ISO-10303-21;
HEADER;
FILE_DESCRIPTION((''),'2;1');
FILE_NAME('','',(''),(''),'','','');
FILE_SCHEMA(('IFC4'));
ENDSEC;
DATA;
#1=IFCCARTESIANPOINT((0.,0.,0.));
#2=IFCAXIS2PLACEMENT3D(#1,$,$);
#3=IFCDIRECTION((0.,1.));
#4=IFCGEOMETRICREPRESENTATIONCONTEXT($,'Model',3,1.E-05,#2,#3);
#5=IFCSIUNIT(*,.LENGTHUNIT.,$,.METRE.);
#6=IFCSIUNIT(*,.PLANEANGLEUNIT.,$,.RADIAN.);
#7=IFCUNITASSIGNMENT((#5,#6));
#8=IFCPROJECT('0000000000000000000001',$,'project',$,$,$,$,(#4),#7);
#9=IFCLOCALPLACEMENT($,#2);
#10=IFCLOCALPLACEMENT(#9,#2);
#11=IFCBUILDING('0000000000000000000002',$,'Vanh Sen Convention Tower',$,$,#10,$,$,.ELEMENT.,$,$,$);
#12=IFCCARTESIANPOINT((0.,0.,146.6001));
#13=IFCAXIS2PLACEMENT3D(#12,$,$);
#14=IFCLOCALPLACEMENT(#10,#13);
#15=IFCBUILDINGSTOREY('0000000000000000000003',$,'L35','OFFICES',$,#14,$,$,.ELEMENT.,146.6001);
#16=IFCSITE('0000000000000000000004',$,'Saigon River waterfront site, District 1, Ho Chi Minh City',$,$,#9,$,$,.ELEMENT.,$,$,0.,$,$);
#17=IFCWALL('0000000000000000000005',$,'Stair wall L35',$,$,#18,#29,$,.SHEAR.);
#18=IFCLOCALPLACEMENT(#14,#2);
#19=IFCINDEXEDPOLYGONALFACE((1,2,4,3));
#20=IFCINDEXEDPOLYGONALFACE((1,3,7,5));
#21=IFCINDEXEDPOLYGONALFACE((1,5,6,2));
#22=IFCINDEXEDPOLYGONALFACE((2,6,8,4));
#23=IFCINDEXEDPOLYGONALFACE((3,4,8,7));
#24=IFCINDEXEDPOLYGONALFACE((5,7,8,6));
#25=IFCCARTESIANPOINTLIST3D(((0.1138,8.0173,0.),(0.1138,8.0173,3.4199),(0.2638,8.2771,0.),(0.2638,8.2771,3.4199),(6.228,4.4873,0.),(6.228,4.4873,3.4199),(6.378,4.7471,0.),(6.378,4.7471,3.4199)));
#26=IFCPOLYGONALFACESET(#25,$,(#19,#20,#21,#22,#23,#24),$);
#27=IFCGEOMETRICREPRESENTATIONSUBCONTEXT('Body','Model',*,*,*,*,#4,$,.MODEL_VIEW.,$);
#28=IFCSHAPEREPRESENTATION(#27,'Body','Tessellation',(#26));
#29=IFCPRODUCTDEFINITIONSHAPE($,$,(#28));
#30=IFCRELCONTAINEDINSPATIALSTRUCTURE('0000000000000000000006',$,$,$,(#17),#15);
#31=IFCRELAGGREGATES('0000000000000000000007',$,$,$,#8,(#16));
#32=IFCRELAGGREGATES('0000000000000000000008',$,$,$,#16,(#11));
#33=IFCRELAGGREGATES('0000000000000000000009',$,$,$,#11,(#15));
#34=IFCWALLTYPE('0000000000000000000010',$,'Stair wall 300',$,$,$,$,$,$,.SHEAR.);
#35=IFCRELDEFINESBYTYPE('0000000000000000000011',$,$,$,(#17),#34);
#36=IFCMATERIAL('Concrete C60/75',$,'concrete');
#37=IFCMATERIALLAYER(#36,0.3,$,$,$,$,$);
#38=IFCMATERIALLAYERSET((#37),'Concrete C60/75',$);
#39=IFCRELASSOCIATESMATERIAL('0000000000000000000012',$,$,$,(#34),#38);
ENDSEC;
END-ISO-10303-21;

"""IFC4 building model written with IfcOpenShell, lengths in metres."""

from ifc_helpers import new_model, si_unit, direction, frame, frame_2d, origin, place, context, subcontext, project, spatial, rectangle, extrude, material, layer, layer_set, type_object, element, save


model = new_model("IFC4")

# Units and contexts
model_context = context("Model", 3, precision=1e-05, world=origin(), true_north=direction((0.0, 1.0)))
body_context = subcontext(model_context, "Body", "Model", "MODEL_VIEW")
ifc_project = project(units=[si_unit("LENGTHUNIT", "METRE"), si_unit("PLANEANGLEUNIT", "RADIAN")], contexts=[model_context])

# Site, building, storey
site_placement = place(None, origin())
site = spatial("IfcSite", under=ifc_project, at=site_placement, Name="Saigon River waterfront site, District 1, Ho Chi Minh City", CompositionType="ELEMENT", RefElevation=0.0)
building_placement = place(site_placement, origin())
building = spatial("IfcBuilding", under=site, at=building_placement, Name="Vanh Sen Convention Tower", CompositionType="ELEMENT")
storey_placement = place(building_placement, frame((0.0, 0.0, 146.6001)))
storey = spatial("IfcBuildingStorey", under=building, at=storey_placement, Name="L35", Description="OFFICES", CompositionType="ELEMENT", Elevation=146.6001)

# Shared definitions
ifc_material_1 = material(Name="Concrete C60/75", Category="concrete")

# Shared definitions
ifc_layer_1 = layer(ifc_material_1, 0.3)
ifc_layer_set_1 = layer_set([ifc_layer_1], Name="Concrete C60/75")
wall_type_1 = type_object("IfcWallType", Name="Stair wall 300", PredefinedType="SHEAR", material=ifc_layer_set_1)

# Wall
for number, where, z_axis, x_axis, name in (
    (1, (6.303, 4.6172, 0.0), (0.0, 0.0, 1.0), (-0.866028, 0.499996, 0.0), "Stair wall L35"),
):
    element("IfcWall", number, at=place(storey_placement, frame(where, z_axis=z_axis, x_axis=x_axis)), inside=storey, type_object=wall_type_1, Name=name, PredefinedType="SHEAR", context=body_context, shape_type="SweptSolid", body=[
        extrude(rectangle(XDim=7.0601, YDim=0.3, at=frame_2d((3.53, 0.0))), origin(), (0.0, 0.0, 1.0), 3.4199),
    ])

save(model, "model.ifc")
